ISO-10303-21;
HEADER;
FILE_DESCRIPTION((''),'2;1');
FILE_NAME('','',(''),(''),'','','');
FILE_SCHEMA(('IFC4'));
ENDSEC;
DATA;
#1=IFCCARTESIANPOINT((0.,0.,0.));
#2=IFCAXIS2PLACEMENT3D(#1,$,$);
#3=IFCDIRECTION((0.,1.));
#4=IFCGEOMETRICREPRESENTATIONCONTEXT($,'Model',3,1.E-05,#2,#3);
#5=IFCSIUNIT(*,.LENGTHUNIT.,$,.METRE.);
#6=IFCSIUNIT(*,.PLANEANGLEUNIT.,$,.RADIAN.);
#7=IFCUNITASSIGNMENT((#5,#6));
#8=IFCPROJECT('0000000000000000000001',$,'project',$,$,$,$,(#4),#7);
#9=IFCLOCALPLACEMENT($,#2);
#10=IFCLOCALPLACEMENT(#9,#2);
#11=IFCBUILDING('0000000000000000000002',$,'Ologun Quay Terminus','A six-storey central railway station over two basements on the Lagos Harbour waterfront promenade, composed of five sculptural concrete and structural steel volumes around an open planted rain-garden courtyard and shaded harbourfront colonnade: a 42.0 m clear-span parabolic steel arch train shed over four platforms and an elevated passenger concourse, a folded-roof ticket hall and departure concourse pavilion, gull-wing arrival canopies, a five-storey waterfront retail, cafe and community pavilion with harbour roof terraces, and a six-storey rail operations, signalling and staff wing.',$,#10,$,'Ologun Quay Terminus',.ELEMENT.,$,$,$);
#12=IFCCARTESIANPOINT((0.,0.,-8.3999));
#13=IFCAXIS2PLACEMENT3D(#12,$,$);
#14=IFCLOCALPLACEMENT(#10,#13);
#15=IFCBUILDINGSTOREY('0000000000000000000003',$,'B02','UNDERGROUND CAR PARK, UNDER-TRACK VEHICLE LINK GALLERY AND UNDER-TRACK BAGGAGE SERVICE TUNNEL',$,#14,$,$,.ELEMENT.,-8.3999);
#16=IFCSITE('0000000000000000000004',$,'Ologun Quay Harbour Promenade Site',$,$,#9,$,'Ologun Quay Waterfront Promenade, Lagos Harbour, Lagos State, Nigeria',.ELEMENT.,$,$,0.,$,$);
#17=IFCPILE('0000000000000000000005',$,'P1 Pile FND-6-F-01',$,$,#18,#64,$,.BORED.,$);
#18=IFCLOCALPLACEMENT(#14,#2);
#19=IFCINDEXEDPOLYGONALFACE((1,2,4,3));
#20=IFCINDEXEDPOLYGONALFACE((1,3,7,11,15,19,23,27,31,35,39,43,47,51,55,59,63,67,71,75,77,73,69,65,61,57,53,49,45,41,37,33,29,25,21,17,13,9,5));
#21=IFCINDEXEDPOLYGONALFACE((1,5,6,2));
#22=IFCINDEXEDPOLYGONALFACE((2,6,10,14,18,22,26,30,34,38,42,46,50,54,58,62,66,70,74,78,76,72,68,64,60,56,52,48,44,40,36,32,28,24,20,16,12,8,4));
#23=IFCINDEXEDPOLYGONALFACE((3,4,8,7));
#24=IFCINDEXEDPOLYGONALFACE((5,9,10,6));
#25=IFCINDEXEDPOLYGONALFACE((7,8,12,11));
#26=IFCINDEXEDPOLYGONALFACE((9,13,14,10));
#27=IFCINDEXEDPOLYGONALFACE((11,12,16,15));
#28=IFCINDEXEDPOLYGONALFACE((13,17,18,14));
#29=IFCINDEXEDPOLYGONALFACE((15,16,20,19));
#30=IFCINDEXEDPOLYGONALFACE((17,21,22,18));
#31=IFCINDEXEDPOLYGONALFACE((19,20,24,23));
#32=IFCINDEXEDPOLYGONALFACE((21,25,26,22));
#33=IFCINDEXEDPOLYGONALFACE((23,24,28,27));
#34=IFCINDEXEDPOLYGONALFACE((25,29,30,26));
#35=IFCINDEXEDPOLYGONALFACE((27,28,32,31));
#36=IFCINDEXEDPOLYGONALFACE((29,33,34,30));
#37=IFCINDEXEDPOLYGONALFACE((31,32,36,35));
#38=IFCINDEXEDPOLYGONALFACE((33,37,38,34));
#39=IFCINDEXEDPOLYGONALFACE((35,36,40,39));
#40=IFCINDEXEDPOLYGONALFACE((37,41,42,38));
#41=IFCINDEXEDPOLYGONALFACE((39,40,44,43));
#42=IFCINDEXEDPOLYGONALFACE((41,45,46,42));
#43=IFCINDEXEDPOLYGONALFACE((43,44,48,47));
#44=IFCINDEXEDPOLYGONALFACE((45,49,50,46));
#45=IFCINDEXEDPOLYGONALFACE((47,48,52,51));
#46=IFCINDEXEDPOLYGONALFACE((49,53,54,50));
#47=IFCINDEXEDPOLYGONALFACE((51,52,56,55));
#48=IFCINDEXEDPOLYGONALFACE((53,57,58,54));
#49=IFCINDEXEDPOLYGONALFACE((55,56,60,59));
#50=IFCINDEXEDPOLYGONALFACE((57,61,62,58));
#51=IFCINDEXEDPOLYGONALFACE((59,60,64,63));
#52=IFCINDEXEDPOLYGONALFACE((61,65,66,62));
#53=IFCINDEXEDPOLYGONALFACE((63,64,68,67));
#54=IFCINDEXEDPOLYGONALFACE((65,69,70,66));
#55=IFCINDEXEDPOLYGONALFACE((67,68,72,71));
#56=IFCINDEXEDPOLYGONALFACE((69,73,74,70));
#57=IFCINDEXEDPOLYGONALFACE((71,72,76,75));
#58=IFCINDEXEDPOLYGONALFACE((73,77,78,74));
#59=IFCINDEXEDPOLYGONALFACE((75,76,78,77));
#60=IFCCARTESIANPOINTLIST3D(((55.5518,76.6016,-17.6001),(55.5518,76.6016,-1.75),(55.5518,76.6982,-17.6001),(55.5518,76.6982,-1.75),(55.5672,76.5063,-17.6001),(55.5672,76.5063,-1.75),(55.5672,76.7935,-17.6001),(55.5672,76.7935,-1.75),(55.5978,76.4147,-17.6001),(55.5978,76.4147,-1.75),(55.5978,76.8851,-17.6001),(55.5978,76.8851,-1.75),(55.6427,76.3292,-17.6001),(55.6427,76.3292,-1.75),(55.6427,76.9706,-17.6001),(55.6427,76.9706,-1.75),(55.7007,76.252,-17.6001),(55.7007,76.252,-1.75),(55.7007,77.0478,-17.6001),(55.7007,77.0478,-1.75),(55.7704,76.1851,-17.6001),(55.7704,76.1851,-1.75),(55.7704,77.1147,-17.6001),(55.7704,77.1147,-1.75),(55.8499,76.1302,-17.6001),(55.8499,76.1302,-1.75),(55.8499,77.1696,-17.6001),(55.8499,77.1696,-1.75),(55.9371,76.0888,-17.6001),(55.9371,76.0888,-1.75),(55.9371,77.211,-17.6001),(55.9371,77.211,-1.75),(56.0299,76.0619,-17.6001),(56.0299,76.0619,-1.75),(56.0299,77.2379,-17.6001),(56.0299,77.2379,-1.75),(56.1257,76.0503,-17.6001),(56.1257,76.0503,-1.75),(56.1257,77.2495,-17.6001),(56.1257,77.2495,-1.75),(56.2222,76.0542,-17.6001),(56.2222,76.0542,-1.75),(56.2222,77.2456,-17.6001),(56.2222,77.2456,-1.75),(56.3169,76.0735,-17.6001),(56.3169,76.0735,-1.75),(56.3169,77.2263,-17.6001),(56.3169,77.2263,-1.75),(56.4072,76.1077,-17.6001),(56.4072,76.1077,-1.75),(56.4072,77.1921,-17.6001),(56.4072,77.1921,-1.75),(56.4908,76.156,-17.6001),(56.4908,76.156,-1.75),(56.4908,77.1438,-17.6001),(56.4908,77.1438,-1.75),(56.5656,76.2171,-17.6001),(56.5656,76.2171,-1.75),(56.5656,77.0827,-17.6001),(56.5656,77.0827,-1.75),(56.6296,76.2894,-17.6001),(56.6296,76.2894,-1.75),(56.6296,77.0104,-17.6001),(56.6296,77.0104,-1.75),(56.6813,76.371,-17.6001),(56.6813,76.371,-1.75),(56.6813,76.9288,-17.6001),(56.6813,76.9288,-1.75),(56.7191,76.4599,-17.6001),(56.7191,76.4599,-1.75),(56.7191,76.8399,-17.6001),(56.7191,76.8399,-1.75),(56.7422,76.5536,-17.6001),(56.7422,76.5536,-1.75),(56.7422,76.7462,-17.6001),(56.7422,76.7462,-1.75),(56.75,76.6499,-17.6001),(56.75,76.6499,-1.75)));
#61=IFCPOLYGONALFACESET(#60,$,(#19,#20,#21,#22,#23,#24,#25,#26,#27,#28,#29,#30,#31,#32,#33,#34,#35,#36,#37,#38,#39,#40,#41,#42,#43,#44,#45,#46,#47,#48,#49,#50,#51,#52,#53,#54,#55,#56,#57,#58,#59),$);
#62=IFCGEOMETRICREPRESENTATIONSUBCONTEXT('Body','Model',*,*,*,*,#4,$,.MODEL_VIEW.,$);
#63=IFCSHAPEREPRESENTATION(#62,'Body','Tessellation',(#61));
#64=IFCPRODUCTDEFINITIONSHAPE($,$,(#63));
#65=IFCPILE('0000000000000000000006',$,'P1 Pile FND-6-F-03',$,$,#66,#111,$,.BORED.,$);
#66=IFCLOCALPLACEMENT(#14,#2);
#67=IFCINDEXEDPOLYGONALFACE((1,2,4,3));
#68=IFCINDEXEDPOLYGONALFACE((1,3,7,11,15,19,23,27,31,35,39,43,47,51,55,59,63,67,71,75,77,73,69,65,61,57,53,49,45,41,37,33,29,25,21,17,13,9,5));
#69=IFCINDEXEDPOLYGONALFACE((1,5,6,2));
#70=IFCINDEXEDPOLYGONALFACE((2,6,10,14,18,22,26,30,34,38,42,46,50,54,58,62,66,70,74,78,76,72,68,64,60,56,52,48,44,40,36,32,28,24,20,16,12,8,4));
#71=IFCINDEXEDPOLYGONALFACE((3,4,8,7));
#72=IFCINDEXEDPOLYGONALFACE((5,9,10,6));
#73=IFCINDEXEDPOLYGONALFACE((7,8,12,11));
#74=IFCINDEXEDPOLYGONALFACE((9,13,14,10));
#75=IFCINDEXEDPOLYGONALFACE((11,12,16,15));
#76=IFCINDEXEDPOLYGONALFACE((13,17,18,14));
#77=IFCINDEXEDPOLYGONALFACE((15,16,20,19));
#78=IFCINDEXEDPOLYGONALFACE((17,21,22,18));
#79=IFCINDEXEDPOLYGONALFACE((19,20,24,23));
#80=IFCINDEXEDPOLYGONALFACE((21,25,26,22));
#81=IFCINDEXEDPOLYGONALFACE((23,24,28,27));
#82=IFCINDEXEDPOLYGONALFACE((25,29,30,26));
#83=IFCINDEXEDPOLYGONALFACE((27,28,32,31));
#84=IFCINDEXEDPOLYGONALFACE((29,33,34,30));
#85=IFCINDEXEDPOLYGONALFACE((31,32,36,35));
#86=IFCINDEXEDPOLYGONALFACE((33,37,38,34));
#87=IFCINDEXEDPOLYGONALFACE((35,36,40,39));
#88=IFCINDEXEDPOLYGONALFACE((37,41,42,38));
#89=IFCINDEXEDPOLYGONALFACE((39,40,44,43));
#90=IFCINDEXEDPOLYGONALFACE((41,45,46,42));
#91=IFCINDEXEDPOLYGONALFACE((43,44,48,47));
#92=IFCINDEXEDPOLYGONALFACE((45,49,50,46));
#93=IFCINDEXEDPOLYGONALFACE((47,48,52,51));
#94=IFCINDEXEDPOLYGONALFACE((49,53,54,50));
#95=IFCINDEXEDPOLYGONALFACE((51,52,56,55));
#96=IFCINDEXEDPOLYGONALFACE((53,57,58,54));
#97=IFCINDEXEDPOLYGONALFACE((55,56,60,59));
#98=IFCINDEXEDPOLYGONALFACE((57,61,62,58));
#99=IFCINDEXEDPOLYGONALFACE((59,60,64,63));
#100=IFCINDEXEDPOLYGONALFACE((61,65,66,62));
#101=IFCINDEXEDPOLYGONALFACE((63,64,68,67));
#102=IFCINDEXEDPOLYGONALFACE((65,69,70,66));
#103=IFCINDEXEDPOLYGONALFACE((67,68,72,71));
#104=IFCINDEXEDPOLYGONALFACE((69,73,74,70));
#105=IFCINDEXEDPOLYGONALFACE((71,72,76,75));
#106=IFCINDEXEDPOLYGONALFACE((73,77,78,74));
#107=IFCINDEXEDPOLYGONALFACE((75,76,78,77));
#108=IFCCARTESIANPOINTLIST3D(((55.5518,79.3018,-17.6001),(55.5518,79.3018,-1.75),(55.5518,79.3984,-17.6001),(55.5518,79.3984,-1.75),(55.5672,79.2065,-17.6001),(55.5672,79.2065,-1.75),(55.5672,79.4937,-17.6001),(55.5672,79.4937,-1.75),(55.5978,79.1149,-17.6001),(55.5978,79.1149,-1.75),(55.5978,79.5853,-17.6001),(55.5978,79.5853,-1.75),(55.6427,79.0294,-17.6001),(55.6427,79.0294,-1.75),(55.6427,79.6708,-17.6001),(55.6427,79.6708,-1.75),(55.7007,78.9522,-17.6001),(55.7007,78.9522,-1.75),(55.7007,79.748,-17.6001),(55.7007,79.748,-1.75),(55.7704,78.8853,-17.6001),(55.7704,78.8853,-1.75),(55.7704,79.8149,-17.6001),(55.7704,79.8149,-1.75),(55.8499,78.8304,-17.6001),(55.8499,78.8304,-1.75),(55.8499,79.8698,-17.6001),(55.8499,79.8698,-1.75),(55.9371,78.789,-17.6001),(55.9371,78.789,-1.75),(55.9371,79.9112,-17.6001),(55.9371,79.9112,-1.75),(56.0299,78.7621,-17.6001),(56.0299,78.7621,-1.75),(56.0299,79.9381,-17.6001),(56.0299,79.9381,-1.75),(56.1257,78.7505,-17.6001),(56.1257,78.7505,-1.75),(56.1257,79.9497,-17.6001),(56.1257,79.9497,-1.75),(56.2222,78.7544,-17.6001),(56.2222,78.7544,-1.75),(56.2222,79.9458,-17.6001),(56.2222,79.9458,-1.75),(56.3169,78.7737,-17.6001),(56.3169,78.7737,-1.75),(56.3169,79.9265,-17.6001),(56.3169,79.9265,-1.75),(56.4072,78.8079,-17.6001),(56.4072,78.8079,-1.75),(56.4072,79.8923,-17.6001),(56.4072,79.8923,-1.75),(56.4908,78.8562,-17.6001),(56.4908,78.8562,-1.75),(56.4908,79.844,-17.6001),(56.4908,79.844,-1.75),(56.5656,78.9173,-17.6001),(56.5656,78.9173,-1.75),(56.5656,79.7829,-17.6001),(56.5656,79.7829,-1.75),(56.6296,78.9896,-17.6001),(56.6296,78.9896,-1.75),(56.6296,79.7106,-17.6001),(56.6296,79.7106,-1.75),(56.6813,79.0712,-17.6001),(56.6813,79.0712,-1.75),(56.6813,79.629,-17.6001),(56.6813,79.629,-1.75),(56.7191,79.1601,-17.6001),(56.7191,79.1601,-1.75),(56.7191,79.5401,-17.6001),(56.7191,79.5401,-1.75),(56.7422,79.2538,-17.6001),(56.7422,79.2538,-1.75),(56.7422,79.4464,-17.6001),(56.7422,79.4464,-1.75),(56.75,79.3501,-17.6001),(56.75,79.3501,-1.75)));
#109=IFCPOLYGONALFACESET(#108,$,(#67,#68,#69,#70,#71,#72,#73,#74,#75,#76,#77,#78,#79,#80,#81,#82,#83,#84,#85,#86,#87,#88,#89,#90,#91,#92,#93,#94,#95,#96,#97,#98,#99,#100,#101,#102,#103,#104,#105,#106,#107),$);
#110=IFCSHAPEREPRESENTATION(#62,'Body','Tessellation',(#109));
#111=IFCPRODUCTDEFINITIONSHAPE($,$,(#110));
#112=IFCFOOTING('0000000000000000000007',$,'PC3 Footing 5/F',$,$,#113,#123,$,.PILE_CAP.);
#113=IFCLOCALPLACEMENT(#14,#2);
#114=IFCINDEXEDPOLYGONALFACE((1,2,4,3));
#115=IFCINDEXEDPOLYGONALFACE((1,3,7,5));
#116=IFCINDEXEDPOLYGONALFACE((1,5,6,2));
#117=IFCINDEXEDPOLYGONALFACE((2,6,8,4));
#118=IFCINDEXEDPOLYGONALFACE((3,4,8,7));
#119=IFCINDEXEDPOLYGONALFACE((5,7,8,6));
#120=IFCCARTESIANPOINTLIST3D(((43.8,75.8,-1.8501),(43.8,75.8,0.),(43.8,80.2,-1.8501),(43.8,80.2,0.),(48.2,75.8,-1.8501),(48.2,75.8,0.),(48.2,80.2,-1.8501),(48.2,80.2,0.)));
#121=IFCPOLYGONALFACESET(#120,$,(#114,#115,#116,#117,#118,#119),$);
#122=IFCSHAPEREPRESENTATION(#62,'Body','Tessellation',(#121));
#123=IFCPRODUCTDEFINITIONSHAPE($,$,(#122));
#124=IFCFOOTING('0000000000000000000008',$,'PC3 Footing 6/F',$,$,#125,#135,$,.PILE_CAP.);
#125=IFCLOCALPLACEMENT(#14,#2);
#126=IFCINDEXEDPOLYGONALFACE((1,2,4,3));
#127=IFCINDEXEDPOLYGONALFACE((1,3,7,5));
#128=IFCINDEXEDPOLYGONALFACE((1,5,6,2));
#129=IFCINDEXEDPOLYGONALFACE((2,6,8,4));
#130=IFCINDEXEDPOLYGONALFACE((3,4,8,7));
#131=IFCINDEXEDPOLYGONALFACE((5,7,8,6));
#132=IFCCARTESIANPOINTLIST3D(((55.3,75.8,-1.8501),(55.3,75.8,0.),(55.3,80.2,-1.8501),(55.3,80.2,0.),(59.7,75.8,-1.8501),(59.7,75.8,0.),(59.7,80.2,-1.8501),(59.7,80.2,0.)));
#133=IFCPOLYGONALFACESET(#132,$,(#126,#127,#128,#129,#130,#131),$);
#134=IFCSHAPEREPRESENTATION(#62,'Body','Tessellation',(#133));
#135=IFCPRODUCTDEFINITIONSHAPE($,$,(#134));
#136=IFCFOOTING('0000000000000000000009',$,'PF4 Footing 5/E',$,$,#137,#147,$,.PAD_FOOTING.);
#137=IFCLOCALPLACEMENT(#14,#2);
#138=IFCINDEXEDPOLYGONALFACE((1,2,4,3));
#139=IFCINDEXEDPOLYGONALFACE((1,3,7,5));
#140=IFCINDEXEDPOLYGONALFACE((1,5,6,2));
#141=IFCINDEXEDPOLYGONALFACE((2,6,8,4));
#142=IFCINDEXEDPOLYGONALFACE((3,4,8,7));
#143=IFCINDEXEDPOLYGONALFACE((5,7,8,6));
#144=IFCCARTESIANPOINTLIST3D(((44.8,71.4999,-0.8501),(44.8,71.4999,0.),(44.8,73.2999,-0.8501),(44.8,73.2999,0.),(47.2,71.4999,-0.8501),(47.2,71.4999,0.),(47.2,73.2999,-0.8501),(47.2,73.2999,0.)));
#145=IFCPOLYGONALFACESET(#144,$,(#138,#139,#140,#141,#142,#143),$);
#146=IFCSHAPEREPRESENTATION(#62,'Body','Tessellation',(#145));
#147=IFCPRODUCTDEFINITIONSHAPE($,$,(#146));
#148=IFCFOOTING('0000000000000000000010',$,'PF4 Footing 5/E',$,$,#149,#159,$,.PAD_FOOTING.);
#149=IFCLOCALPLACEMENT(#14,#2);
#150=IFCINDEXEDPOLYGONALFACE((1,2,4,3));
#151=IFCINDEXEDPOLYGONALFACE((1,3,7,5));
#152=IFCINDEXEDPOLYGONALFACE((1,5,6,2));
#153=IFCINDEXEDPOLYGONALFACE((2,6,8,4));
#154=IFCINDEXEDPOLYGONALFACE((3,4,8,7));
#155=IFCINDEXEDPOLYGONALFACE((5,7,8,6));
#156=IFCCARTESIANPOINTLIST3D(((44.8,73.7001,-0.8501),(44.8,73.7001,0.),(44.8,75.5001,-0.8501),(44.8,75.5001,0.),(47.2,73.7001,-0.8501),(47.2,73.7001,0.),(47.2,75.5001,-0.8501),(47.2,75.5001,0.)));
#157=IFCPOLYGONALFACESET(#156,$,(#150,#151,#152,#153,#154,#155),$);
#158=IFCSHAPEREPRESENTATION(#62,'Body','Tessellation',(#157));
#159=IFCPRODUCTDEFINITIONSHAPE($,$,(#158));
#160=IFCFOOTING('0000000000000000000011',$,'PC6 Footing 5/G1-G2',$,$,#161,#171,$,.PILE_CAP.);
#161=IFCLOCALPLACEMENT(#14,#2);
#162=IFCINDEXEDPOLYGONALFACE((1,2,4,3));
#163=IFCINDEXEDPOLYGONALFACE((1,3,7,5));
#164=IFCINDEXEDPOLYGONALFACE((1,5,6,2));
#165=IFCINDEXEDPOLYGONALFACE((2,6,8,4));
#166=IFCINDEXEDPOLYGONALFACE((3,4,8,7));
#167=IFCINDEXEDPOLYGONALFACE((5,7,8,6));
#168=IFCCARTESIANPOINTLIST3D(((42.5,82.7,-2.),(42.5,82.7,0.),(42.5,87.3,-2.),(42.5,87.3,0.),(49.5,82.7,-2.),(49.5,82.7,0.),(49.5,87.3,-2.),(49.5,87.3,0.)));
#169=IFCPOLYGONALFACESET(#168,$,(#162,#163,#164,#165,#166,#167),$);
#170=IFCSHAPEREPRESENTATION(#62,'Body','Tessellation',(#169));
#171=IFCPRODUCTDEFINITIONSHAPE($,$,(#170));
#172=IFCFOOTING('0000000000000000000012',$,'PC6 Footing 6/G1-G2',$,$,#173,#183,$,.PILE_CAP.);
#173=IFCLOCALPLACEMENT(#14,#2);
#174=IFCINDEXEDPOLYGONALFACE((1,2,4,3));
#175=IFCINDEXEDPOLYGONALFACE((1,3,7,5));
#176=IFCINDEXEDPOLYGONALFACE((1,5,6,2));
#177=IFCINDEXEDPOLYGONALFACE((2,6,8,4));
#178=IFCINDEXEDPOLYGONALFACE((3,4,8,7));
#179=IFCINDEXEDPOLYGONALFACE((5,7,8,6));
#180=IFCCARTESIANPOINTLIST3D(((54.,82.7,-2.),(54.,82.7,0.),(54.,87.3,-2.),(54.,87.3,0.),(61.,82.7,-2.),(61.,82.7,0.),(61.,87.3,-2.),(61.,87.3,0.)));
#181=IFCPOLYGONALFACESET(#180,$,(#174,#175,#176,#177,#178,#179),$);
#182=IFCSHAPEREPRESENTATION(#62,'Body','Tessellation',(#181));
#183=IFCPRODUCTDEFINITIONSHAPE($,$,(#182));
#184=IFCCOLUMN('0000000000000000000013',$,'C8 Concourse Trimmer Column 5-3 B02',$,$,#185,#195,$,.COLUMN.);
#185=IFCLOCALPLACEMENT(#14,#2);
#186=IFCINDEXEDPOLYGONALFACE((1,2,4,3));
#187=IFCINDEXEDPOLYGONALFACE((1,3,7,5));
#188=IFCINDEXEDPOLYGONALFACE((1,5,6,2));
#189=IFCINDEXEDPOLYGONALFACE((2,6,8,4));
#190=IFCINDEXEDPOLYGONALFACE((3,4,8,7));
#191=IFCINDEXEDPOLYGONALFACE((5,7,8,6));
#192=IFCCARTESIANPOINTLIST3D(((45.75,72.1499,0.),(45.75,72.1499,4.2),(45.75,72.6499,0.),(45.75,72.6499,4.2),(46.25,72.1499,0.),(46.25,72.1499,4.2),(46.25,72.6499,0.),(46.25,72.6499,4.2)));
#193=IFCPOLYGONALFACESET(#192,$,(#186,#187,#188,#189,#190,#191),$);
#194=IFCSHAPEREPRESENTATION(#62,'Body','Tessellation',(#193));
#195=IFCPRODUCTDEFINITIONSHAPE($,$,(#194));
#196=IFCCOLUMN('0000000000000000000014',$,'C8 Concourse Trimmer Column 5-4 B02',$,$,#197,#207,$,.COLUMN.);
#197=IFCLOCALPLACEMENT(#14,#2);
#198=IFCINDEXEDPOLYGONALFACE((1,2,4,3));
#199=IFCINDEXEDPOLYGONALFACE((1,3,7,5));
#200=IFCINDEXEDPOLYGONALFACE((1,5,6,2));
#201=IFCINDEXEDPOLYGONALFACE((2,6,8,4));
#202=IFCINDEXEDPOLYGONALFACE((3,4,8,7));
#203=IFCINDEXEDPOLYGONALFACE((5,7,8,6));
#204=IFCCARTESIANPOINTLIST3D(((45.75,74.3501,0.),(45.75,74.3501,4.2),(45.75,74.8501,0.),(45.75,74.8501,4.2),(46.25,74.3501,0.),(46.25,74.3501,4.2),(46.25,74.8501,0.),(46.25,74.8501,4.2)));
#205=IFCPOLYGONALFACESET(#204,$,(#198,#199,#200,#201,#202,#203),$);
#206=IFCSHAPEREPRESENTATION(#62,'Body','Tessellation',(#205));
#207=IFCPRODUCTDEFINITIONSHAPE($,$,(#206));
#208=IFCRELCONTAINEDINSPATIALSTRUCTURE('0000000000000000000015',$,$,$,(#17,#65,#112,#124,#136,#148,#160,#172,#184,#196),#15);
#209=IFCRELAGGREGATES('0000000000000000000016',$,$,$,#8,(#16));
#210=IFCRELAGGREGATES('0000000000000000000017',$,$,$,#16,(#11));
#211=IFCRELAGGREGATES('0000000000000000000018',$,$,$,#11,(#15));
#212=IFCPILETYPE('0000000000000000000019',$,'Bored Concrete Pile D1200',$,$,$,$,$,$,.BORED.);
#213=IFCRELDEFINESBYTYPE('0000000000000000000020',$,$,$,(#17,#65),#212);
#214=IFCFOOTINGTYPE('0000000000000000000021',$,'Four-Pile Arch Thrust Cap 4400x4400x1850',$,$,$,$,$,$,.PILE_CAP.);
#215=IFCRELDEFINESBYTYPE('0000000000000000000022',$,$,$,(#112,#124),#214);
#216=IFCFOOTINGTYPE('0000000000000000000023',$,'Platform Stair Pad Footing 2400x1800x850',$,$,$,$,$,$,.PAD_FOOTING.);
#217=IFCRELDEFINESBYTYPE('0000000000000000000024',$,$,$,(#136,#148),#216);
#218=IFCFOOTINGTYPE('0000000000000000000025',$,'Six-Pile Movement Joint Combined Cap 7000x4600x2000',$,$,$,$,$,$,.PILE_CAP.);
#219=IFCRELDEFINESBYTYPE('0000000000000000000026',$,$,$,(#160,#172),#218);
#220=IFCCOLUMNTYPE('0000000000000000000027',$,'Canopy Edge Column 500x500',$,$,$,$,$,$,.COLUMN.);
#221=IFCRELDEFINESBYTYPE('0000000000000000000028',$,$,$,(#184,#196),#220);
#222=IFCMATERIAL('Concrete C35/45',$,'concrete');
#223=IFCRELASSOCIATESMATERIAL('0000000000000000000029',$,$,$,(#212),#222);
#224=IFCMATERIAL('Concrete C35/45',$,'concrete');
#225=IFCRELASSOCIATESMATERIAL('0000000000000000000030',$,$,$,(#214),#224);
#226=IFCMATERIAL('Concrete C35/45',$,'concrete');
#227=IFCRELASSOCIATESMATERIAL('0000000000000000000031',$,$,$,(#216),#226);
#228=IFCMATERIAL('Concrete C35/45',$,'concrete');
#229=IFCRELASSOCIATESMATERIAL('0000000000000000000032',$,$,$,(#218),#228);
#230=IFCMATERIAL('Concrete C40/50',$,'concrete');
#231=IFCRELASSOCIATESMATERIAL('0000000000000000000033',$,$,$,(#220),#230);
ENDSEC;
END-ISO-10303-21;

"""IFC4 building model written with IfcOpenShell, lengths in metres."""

from ifc_helpers import new_model, si_unit, direction, frame, origin, origin_2d, place, context, subcontext, project, spatial, rectangle, circle, extrude, material, material_profile, profile_set, type_object, element, save


model = new_model("IFC4")

# Units and contexts
model_context = context("Model", 3, precision=1e-05, world=origin(), true_north=direction((0.0, 1.0)))
body_context = subcontext(model_context, "Body", "Model", "MODEL_VIEW")
ifc_project = project(units=[si_unit("LENGTHUNIT", "METRE"), si_unit("PLANEANGLEUNIT", "RADIAN")], contexts=[model_context])

# Site, building, storey
site_placement = place(None, origin())
site = spatial("IfcSite", under=ifc_project, at=site_placement, Name="Ologun Quay Harbour Promenade Site", LongName="Ologun Quay Waterfront Promenade, Lagos Harbour, Lagos State, Nigeria", CompositionType="ELEMENT", RefElevation=0.0)
building_placement = place(site_placement, origin())
building = spatial("IfcBuilding", under=site, at=building_placement, Name="Ologun Quay Terminus", Description="A six-storey central railway station over two basements on the Lagos Harbour waterfront promenade, composed of five sculptural concrete and structural steel volumes around an open planted rain-garden courtyard and shaded harbourfront colonnade: a 42.0 m clear-span parabolic steel arch train shed over four platforms and an elevated passenger concourse, a folded-roof ticket hall and departure concourse pavilion, gull-wing arrival canopies, a five-storey waterfront retail, cafe and community pavilion with harbour roof terraces, and a six-storey rail operations, signalling and staff wing.", LongName="Ologun Quay Terminus", CompositionType="ELEMENT")
storey_placement = place(building_placement, frame((0.0, 0.0, -8.3999)))
storey = spatial("IfcBuildingStorey", under=building, at=storey_placement, Name="B02", Description="UNDERGROUND CAR PARK, UNDER-TRACK VEHICLE LINK GALLERY AND UNDER-TRACK BAGGAGE SERVICE TUNNEL", CompositionType="ELEMENT", Elevation=-8.3999)

# Piles
ifc_material_1 = material(Name="Concrete C35/45", Category="concrete")
ifc_material_profile_1 = material_profile(ifc_material_1, circle(Radius=0.6001, at=origin_2d()), Name="PILE D1200")
ifc_profile_set_1 = profile_set([ifc_material_profile_1], Name="Concrete C35/45")
pile_type = type_object("IfcPileType", Name="Bored Concrete Pile D1200", PredefinedType="BORED", material=ifc_profile_set_1)
for number, where, z_axis, x_axis, name in (
    (1, (56.1499, 76.6499, -1.75), (0.0, 0.0, -1.0), (1.0, 0.0, 0.0), "P1 Pile FND-6-F-01"),
    (2, (56.1499, 79.3501, -1.75), (0.0, 0.0, -1.0), (1.0, 0.0, 0.0), "P1 Pile FND-6-F-03"),
):
    element("IfcPile", number, at=place(storey_placement, frame(where, z_axis=z_axis, x_axis=x_axis)), inside=storey, type_object=pile_type, Name=name, PredefinedType="BORED", context=body_context, shape_type="SweptSolid", body=[
        extrude(circle(Radius=0.6001, at=origin_2d()), origin(), (0.0, 0.0, 1.0), 15.8501),
    ])

# Footings
ifc_material_2 = material(Name="Concrete C35/45", Category="concrete")
footing_type_1 = type_object("IfcFootingType", Name="Four-Pile Arch Thrust Cap 4400x4400x1850", PredefinedType="PILE_CAP", material=ifc_material_2)
for number, where, z_axis, x_axis, name in (
    (3, (46.0, 78.0, -1.8501), (0.0, 0.0, 1.0), (1.0, 0.0, 0.0), "PC3 Footing 5/F"),
    (4, (57.5, 78.0, -1.8501), (0.0, 0.0, 1.0), (1.0, 0.0, 0.0), "PC3 Footing 6/F"),
):
    element("IfcFooting", number, at=place(storey_placement, frame(where, z_axis=z_axis, x_axis=x_axis)), inside=storey, type_object=footing_type_1, Name=name, PredefinedType="PILE_CAP", context=body_context, shape_type="SweptSolid", body=[
        extrude(rectangle(XDim=4.3999, YDim=4.3999, at=origin_2d()), origin(), (0.0, 0.0, 1.0), 1.8501),
    ])
ifc_material_3 = material(Name="Concrete C35/45", Category="concrete")
footing_type_2 = type_object("IfcFootingType", Name="Platform Stair Pad Footing 2400x1800x850", PredefinedType="PAD_FOOTING", material=ifc_material_3)
for number, where, z_axis, x_axis, name in (
    (5, (46.0, 72.3999, -0.8501), (0.0, 0.0, 1.0), (1.0, 0.0, 0.0), "PF4 Footing 5/E"),
    (6, (46.0, 74.6001, -0.8501), (0.0, 0.0, 1.0), (1.0, 0.0, 0.0), "PF4 Footing 5/E"),
):
    element("IfcFooting", number, at=place(storey_placement, frame(where, z_axis=z_axis, x_axis=x_axis)), inside=storey, type_object=footing_type_2, Name=name, PredefinedType="PAD_FOOTING", context=body_context, shape_type="SweptSolid", body=[
        extrude(rectangle(XDim=2.3999, YDim=1.8, at=origin_2d()), origin(), (0.0, 0.0, 1.0), 0.8501),
    ])
ifc_material_4 = material(Name="Concrete C35/45", Category="concrete")
footing_type_3 = type_object("IfcFootingType", Name="Six-Pile Movement Joint Combined Cap 7000x4600x2000", PredefinedType="PILE_CAP", material=ifc_material_4)
for number, where, z_axis, x_axis, name in (
    (7, (46.0, 85.0, -2.0), (0.0, 0.0, 1.0), (1.0, 0.0, 0.0), "PC6 Footing 5/G1-G2"),
    (8, (57.5, 85.0, -2.0), (0.0, 0.0, 1.0), (1.0, 0.0, 0.0), "PC6 Footing 6/G1-G2"),
):
    element("IfcFooting", number, at=place(storey_placement, frame(where, z_axis=z_axis, x_axis=x_axis)), inside=storey, type_object=footing_type_3, Name=name, PredefinedType="PILE_CAP", context=body_context, shape_type="SweptSolid", body=[
        extrude(rectangle(XDim=7.0, YDim=4.6001, at=origin_2d()), origin(), (0.0, 0.0, 1.0), 2.0),
    ])

# Columns
ifc_material_5 = material(Name="Concrete C40/50", Category="concrete")
ifc_material_profile_2 = material_profile(ifc_material_5, rectangle(XDim=0.5, YDim=0.5, at=origin_2d()), Name="RC 500x500")
ifc_profile_set_2 = profile_set([ifc_material_profile_2], Name="Concrete C40/50")
column_type_1 = type_object("IfcColumnType", Name="Canopy Edge Column 500x500", PredefinedType="COLUMN", material=ifc_profile_set_2)
for number, where, z_axis, x_axis, name in (
    (9, (46.0, 72.3999, 0.0), (0.0, 0.0, 1.0), (1.0, 0.0, 0.0), "C8 Concourse Trimmer Column 5-3 B02"),
    (10, (46.0, 74.6001, 0.0), (0.0, 0.0, 1.0), (1.0, 0.0, 0.0), "C8 Concourse Trimmer Column 5-4 B02"),
):
    element("IfcColumn", number, at=place(storey_placement, frame(where, z_axis=z_axis, x_axis=x_axis)), inside=storey, type_object=column_type_1, Name=name, PredefinedType="COLUMN", context=body_context, shape_type="SweptSolid", body=[
        extrude(rectangle(XDim=0.5, YDim=0.5, at=origin_2d()), origin(), (0.0, 0.0, 1.0), 4.2),
    ])

save(model, "model.ifc")
